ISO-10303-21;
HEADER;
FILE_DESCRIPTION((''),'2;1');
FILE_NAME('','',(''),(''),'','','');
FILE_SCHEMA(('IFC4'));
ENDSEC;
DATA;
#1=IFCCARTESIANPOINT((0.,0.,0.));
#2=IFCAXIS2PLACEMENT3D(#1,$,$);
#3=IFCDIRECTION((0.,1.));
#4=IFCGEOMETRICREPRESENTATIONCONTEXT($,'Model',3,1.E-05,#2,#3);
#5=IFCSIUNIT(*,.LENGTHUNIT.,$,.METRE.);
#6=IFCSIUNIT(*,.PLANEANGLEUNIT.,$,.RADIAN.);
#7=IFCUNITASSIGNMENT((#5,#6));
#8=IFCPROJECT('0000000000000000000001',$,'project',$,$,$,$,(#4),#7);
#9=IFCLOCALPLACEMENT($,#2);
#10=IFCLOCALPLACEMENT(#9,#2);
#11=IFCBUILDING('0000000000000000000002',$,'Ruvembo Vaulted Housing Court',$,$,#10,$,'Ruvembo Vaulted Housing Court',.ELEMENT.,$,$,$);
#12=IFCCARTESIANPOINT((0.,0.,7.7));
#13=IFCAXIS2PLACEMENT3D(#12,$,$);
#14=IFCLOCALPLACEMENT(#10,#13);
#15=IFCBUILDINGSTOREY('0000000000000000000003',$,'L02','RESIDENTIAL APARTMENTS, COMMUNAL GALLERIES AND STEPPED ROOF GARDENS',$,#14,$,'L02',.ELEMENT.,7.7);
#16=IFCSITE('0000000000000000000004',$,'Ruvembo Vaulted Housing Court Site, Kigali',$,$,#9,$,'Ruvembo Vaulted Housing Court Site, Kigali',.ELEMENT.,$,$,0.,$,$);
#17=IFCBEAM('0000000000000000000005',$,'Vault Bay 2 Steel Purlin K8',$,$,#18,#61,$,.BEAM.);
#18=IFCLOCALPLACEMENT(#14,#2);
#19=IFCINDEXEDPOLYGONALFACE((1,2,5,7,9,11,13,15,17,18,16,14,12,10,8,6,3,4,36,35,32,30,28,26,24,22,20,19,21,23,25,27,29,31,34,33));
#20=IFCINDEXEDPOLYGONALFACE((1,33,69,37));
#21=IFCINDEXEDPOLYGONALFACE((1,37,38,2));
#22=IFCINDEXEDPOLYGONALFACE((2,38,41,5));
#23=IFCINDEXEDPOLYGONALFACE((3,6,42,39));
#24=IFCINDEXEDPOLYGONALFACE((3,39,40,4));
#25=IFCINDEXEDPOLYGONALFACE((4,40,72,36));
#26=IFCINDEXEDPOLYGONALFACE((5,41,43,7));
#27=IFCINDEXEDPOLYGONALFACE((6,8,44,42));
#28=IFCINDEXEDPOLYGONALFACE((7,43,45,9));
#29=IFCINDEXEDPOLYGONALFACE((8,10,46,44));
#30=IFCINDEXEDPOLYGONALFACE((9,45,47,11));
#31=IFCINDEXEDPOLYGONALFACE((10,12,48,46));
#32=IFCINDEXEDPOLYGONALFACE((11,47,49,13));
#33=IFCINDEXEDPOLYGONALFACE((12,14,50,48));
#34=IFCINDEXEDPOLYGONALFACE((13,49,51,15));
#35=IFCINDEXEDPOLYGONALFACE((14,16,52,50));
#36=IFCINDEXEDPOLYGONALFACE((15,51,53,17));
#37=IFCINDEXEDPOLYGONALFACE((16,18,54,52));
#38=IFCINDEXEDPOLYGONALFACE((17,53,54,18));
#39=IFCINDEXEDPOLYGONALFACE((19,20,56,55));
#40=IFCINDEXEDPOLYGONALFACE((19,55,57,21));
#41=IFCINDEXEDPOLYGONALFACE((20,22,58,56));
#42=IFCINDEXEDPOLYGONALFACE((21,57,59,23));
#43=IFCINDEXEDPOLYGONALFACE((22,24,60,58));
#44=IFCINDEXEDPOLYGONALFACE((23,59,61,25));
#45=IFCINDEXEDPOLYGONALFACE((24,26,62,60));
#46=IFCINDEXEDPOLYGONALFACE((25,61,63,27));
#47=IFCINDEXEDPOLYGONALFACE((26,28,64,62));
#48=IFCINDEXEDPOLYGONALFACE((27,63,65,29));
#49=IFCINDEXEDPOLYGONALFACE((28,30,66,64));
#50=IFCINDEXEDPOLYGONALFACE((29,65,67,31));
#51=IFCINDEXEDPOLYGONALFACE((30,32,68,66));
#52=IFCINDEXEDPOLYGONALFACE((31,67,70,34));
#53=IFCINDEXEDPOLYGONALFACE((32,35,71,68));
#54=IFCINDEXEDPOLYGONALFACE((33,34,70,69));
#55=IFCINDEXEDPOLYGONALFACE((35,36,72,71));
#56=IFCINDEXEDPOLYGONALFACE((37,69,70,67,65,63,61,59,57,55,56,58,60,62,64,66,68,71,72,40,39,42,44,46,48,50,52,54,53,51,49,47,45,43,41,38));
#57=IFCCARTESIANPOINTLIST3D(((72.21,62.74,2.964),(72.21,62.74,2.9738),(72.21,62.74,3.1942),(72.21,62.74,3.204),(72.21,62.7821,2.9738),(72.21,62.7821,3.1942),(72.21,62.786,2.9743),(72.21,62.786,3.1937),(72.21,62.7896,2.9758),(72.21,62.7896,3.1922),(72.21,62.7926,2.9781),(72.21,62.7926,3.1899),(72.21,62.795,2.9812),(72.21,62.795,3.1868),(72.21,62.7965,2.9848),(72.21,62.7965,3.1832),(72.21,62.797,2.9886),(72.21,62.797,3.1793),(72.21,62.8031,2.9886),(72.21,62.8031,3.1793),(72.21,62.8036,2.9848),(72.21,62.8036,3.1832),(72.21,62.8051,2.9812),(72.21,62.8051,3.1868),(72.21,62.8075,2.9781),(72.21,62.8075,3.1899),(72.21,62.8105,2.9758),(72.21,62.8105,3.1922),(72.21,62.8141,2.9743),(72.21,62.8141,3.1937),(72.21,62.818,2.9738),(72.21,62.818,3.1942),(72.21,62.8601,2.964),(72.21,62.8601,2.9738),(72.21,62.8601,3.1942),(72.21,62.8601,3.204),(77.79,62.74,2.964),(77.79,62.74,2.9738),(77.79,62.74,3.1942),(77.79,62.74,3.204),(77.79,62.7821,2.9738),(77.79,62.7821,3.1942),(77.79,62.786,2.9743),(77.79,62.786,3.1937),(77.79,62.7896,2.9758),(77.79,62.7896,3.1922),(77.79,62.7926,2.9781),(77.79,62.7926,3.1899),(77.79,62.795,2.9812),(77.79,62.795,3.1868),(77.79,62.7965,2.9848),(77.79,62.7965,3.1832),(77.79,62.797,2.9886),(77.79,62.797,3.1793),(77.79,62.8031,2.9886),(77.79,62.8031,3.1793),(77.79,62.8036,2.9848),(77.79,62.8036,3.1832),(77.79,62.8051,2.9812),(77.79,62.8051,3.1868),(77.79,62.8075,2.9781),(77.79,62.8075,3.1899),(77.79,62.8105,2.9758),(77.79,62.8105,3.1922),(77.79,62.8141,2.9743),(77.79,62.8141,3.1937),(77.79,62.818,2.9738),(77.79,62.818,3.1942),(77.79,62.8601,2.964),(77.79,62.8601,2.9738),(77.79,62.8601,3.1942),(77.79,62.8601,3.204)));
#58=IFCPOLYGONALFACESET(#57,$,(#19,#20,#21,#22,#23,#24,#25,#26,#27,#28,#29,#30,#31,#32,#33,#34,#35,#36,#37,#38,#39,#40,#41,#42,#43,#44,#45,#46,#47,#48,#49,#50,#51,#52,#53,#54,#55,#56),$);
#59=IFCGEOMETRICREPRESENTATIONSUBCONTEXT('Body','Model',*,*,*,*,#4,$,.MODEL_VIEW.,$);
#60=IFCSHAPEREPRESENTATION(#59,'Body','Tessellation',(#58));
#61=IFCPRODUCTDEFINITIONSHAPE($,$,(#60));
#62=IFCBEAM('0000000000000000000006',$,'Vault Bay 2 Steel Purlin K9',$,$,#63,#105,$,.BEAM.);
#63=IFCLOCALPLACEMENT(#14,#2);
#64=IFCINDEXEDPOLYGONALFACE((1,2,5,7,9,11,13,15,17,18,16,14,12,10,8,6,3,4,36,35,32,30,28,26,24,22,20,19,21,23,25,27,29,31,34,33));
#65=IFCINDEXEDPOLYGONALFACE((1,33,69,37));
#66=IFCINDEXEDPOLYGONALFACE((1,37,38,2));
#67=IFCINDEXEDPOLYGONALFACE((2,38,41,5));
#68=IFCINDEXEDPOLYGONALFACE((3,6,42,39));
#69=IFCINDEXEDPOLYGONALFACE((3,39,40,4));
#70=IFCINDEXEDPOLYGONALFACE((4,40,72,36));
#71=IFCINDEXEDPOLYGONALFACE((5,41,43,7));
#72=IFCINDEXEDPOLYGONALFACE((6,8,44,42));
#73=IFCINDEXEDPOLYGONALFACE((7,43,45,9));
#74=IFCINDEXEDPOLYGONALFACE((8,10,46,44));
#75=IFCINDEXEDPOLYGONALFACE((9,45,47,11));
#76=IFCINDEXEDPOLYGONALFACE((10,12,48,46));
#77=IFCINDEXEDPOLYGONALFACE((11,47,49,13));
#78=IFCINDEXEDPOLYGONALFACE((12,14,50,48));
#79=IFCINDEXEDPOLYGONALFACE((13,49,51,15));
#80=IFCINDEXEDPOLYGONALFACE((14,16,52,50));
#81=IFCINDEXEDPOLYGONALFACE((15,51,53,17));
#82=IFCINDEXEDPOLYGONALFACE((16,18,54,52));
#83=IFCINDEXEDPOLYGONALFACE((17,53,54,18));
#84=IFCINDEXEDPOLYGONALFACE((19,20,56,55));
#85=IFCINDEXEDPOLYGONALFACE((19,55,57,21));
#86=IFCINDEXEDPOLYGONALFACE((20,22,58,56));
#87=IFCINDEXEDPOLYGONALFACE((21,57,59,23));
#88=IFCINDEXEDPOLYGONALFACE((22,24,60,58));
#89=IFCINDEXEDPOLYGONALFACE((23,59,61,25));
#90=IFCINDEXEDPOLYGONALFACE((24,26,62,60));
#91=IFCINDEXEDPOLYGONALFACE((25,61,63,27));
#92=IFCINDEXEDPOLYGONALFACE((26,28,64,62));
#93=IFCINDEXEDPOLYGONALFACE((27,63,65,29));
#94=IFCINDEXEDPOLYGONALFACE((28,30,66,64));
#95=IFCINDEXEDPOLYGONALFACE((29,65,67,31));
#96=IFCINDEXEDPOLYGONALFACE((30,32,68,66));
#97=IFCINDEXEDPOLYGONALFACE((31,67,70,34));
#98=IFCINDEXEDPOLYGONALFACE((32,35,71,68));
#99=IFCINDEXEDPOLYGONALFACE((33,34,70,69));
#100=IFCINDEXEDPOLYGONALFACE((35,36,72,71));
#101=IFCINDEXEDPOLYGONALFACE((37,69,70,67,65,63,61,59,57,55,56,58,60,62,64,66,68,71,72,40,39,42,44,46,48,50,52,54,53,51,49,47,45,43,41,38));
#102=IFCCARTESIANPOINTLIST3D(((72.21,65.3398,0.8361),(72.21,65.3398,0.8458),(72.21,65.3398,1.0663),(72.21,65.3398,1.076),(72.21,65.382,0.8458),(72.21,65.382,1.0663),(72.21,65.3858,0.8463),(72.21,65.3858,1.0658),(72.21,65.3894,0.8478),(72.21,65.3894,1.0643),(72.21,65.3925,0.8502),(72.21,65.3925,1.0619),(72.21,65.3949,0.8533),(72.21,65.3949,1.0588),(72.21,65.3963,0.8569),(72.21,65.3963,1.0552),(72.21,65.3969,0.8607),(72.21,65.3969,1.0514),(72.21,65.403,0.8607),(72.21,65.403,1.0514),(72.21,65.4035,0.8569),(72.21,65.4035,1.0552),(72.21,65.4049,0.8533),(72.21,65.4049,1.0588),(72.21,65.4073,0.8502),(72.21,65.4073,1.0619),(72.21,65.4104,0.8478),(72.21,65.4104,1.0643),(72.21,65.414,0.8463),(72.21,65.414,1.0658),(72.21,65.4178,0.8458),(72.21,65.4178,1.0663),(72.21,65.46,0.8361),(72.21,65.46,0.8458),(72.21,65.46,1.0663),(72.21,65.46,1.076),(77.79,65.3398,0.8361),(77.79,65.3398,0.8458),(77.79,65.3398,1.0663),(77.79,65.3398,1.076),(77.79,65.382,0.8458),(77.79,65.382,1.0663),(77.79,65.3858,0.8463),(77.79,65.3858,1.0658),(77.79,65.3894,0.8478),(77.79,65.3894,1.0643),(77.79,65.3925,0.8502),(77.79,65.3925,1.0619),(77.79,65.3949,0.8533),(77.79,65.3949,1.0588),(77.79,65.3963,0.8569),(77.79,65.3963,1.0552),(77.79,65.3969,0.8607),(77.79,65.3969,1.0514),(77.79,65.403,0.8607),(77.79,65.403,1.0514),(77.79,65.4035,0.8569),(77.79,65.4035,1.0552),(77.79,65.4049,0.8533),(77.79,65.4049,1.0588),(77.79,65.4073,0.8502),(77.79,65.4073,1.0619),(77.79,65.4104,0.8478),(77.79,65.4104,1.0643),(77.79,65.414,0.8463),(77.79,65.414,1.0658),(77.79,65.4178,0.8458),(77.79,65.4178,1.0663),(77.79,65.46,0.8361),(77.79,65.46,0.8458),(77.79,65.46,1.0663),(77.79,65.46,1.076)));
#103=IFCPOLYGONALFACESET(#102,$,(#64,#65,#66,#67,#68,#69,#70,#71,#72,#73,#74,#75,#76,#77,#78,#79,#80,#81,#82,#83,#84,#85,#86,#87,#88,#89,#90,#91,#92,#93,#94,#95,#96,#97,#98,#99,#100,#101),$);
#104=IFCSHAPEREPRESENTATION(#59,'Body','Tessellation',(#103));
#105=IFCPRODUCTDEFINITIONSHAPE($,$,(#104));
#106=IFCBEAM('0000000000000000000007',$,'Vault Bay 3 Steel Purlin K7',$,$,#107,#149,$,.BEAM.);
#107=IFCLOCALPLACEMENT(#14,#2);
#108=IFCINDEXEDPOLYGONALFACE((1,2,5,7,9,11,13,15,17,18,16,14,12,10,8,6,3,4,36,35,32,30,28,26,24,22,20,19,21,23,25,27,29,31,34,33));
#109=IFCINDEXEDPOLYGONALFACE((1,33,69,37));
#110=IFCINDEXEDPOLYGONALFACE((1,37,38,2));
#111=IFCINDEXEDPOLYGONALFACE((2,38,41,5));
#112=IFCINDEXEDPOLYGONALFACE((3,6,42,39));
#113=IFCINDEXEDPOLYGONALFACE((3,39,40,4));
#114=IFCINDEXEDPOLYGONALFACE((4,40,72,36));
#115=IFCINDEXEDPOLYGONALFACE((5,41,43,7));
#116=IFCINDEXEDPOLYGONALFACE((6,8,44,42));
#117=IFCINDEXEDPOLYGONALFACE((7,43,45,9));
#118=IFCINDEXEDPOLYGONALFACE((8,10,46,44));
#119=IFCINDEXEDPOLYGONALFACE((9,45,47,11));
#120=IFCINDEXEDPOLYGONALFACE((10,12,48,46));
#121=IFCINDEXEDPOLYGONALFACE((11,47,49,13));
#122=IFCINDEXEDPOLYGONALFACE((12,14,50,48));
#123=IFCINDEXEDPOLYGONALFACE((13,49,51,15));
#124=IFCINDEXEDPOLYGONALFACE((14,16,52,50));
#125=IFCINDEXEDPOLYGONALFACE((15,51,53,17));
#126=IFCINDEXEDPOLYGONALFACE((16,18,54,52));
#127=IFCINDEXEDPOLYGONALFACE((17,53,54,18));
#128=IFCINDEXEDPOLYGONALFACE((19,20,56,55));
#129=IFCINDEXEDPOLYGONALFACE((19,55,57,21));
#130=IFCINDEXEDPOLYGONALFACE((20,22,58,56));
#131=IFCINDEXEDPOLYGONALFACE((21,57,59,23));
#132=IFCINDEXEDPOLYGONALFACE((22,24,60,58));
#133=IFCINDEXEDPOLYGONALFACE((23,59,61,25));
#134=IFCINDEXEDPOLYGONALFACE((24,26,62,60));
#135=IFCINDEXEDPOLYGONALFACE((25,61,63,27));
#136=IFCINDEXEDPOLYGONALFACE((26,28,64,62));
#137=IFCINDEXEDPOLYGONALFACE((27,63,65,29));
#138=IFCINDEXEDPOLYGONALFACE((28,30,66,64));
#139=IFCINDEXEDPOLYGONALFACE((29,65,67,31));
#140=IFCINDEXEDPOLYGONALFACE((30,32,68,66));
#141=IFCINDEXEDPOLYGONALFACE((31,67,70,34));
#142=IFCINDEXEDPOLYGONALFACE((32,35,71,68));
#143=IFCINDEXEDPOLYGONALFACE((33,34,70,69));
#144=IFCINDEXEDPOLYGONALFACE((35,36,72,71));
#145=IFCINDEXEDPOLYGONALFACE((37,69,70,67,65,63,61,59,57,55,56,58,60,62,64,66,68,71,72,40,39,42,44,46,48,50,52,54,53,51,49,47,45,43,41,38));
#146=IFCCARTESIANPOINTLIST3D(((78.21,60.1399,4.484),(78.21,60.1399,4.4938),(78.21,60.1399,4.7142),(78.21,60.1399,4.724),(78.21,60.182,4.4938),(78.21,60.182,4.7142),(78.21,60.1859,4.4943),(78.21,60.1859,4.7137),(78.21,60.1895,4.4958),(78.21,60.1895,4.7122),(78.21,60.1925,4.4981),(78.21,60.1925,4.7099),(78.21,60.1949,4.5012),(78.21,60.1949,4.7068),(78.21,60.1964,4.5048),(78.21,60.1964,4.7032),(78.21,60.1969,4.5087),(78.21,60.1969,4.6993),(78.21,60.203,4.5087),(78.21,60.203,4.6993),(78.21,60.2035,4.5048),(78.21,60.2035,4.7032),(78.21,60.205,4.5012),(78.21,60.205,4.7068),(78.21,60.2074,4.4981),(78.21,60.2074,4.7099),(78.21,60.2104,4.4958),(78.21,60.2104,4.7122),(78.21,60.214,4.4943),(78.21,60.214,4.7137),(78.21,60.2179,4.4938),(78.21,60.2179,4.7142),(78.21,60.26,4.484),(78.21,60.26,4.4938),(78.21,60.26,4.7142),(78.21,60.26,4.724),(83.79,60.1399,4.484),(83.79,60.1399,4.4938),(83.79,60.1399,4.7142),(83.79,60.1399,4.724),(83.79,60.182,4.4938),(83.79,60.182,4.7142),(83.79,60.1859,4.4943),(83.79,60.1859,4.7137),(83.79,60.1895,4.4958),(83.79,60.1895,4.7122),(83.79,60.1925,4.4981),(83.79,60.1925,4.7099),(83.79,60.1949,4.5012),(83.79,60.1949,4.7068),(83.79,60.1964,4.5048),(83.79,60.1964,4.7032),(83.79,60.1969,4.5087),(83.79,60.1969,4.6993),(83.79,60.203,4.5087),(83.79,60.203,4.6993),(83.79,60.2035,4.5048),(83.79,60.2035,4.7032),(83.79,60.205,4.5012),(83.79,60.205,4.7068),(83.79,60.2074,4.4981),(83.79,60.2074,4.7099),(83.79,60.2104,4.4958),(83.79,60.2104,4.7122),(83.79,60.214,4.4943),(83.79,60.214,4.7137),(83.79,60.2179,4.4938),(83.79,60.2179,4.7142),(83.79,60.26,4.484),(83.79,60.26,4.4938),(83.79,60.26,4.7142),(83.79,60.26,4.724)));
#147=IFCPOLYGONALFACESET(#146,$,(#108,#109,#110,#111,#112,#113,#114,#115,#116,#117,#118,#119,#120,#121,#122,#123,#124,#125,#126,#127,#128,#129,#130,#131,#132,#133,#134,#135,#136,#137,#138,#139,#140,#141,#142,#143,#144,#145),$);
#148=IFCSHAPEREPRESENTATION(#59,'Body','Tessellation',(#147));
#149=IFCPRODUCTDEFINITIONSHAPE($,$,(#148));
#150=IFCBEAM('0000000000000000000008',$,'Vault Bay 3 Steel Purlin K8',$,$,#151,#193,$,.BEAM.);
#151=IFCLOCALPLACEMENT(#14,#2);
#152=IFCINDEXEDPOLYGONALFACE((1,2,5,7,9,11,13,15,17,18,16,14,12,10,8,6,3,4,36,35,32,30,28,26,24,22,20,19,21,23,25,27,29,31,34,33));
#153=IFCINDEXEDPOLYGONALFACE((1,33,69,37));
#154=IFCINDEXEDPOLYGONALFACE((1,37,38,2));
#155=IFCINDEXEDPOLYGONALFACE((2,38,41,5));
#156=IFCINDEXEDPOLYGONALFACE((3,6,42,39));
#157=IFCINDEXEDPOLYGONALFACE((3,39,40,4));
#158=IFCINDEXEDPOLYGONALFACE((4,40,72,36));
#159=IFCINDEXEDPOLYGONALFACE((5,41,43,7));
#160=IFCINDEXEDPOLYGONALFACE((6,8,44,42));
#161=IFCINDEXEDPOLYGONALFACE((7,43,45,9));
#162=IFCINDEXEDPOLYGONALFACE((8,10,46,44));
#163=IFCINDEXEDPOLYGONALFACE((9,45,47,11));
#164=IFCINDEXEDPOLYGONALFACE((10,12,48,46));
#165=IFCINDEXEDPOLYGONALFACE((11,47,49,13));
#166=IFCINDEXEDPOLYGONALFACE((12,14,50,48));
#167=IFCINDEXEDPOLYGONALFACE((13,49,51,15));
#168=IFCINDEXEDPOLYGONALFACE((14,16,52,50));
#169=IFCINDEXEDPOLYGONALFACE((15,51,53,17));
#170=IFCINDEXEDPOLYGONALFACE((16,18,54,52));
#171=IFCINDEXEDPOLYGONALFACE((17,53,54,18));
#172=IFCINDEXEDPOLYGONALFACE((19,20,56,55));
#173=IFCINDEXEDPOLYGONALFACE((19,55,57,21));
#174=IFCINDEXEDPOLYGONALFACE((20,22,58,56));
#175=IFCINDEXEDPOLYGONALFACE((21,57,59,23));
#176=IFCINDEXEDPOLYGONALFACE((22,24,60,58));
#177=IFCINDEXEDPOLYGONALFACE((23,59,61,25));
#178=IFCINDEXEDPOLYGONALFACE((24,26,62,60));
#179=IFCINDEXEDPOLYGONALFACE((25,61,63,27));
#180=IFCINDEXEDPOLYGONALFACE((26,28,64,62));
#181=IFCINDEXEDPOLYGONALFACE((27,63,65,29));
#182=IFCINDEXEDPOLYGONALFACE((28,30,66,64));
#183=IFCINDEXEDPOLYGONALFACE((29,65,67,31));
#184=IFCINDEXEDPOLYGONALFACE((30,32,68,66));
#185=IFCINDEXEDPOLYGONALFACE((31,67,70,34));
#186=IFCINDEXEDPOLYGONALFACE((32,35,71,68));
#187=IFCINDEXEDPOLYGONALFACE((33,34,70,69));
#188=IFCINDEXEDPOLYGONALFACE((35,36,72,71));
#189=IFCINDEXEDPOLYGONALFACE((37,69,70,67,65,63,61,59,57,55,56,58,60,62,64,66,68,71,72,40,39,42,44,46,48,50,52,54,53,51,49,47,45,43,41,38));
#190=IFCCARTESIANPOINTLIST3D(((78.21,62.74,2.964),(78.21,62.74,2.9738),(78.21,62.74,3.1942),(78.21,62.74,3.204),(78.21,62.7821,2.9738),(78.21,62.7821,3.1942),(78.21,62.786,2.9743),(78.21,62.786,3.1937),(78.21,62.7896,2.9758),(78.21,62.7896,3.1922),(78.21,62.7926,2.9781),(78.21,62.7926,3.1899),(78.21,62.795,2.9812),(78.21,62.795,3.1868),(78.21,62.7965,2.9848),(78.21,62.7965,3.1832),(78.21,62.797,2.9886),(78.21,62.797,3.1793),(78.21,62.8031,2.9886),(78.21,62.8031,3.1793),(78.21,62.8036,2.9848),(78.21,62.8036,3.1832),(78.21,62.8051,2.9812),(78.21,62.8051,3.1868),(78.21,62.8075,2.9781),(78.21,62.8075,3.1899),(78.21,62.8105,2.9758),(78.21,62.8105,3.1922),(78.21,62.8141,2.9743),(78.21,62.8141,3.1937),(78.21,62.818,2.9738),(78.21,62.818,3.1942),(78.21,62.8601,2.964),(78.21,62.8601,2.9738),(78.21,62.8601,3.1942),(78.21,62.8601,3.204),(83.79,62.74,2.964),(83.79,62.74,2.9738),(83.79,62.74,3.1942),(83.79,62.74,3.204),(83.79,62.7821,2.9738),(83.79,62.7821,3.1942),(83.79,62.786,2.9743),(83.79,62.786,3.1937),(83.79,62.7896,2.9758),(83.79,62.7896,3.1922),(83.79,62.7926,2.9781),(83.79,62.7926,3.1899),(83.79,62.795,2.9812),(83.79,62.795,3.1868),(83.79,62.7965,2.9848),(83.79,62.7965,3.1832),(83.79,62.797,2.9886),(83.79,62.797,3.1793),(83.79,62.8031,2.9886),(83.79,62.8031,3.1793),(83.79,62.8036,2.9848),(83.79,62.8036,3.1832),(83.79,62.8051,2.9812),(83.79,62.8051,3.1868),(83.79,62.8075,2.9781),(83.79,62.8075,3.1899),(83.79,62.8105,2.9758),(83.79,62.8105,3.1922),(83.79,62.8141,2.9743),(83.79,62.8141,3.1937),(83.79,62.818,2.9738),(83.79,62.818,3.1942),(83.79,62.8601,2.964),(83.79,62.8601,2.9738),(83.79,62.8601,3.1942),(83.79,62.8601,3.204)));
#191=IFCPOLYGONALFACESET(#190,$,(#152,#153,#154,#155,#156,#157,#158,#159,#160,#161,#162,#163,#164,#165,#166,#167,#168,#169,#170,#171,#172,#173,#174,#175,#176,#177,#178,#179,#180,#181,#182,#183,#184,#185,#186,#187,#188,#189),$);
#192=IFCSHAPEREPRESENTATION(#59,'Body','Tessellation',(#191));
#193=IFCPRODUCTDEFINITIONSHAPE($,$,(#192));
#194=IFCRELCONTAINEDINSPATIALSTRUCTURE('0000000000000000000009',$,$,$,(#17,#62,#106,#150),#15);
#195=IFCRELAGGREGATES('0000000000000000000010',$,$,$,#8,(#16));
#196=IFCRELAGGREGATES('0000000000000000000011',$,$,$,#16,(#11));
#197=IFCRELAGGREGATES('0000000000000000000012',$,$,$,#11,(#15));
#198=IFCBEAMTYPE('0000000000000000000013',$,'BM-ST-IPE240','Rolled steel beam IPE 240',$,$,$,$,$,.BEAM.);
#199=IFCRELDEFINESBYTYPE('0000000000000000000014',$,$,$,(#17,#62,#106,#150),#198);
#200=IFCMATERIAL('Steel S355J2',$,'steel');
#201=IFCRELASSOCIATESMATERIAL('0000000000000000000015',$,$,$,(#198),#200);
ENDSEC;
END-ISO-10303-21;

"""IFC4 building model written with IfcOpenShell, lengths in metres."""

from ifc_helpers import new_model, si_unit, direction, frame, origin, origin_2d, place, context, subcontext, project, spatial, i_section, extrude, material, material_profile, profile_set, type_object, element, save


model = new_model("IFC4")

# Units and contexts
model_context = context("Model", 3, precision=1e-05, world=origin(), true_north=direction((0.0, 1.0)))
body_context = subcontext(model_context, "Body", "Model", "MODEL_VIEW")
ifc_project = project(units=[si_unit("LENGTHUNIT", "METRE"), si_unit("PLANEANGLEUNIT", "RADIAN")], contexts=[model_context])

# Site, building, storey
site_placement = place(None, origin())
site = spatial("IfcSite", under=ifc_project, at=site_placement, Name="Ruvembo Vaulted Housing Court Site, Kigali", LongName="Ruvembo Vaulted Housing Court Site, Kigali", CompositionType="ELEMENT", RefElevation=0.0)
building_placement = place(site_placement, origin())
building = spatial("IfcBuilding", under=site, at=building_placement, Name="Ruvembo Vaulted Housing Court", LongName="Ruvembo Vaulted Housing Court", CompositionType="ELEMENT")
storey_placement = place(building_placement, frame((0.0, 0.0, 7.7)))
storey = spatial("IfcBuildingStorey", under=building, at=storey_placement, Name="L02", Description="RESIDENTIAL APARTMENTS, COMMUNAL GALLERIES AND STEPPED ROOF GARDENS", LongName="L02", CompositionType="ELEMENT", Elevation=7.7)

# Beams
ifc_material_1 = material(Name="Steel S355J2", Category="steel")
ifc_material_profile_1 = material_profile(ifc_material_1, i_section(OverallWidth=0.1201, OverallDepth=0.24, WebThickness=0.0061, FlangeThickness=0.0098, FilletRadius=0.0149, at=origin_2d()), Name="IPE 240")
ifc_profile_set_1 = profile_set([ifc_material_profile_1], Name="Steel S355J2")
beam_type_1 = type_object("IfcBeamType", Name="BM-ST-IPE240", Description="Rolled steel beam IPE 240", PredefinedType="BEAM", material=ifc_profile_set_1)
for number, where, z_axis, x_axis, name in (
    (1, (72.21, 62.8, 3.084), (1.0, 0.0, 0.0), (0.0, 1.0, 0.0), "Vault Bay 2 Steel Purlin K8"),
    (2, (72.21, 65.3999, 0.9561), (1.0, 0.0, 0.0), (0.0, 1.0, 0.0), "Vault Bay 2 Steel Purlin K9"),
    (3, (78.21, 60.2, 4.604), (1.0, 0.0, 0.0), (0.0, 1.0, 0.0), "Vault Bay 3 Steel Purlin K7"),
    (4, (78.21, 62.8, 3.084), (1.0, 0.0, 0.0), (0.0, 1.0, 0.0), "Vault Bay 3 Steel Purlin K8"),
):
    element("IfcBeam", number, at=place(storey_placement, frame(where, z_axis=z_axis, x_axis=x_axis)), inside=storey, type_object=beam_type_1, Name=name, PredefinedType="BEAM", context=body_context, shape_type="SweptSolid", body=[
        extrude(i_section(OverallWidth=0.1201, OverallDepth=0.24, WebThickness=0.0061, FlangeThickness=0.0098, FilletRadius=0.0149, at=origin_2d()), origin(), (0.0, 0.0, 1.0), 5.5801),
    ])

save(model, "model.ifc")
